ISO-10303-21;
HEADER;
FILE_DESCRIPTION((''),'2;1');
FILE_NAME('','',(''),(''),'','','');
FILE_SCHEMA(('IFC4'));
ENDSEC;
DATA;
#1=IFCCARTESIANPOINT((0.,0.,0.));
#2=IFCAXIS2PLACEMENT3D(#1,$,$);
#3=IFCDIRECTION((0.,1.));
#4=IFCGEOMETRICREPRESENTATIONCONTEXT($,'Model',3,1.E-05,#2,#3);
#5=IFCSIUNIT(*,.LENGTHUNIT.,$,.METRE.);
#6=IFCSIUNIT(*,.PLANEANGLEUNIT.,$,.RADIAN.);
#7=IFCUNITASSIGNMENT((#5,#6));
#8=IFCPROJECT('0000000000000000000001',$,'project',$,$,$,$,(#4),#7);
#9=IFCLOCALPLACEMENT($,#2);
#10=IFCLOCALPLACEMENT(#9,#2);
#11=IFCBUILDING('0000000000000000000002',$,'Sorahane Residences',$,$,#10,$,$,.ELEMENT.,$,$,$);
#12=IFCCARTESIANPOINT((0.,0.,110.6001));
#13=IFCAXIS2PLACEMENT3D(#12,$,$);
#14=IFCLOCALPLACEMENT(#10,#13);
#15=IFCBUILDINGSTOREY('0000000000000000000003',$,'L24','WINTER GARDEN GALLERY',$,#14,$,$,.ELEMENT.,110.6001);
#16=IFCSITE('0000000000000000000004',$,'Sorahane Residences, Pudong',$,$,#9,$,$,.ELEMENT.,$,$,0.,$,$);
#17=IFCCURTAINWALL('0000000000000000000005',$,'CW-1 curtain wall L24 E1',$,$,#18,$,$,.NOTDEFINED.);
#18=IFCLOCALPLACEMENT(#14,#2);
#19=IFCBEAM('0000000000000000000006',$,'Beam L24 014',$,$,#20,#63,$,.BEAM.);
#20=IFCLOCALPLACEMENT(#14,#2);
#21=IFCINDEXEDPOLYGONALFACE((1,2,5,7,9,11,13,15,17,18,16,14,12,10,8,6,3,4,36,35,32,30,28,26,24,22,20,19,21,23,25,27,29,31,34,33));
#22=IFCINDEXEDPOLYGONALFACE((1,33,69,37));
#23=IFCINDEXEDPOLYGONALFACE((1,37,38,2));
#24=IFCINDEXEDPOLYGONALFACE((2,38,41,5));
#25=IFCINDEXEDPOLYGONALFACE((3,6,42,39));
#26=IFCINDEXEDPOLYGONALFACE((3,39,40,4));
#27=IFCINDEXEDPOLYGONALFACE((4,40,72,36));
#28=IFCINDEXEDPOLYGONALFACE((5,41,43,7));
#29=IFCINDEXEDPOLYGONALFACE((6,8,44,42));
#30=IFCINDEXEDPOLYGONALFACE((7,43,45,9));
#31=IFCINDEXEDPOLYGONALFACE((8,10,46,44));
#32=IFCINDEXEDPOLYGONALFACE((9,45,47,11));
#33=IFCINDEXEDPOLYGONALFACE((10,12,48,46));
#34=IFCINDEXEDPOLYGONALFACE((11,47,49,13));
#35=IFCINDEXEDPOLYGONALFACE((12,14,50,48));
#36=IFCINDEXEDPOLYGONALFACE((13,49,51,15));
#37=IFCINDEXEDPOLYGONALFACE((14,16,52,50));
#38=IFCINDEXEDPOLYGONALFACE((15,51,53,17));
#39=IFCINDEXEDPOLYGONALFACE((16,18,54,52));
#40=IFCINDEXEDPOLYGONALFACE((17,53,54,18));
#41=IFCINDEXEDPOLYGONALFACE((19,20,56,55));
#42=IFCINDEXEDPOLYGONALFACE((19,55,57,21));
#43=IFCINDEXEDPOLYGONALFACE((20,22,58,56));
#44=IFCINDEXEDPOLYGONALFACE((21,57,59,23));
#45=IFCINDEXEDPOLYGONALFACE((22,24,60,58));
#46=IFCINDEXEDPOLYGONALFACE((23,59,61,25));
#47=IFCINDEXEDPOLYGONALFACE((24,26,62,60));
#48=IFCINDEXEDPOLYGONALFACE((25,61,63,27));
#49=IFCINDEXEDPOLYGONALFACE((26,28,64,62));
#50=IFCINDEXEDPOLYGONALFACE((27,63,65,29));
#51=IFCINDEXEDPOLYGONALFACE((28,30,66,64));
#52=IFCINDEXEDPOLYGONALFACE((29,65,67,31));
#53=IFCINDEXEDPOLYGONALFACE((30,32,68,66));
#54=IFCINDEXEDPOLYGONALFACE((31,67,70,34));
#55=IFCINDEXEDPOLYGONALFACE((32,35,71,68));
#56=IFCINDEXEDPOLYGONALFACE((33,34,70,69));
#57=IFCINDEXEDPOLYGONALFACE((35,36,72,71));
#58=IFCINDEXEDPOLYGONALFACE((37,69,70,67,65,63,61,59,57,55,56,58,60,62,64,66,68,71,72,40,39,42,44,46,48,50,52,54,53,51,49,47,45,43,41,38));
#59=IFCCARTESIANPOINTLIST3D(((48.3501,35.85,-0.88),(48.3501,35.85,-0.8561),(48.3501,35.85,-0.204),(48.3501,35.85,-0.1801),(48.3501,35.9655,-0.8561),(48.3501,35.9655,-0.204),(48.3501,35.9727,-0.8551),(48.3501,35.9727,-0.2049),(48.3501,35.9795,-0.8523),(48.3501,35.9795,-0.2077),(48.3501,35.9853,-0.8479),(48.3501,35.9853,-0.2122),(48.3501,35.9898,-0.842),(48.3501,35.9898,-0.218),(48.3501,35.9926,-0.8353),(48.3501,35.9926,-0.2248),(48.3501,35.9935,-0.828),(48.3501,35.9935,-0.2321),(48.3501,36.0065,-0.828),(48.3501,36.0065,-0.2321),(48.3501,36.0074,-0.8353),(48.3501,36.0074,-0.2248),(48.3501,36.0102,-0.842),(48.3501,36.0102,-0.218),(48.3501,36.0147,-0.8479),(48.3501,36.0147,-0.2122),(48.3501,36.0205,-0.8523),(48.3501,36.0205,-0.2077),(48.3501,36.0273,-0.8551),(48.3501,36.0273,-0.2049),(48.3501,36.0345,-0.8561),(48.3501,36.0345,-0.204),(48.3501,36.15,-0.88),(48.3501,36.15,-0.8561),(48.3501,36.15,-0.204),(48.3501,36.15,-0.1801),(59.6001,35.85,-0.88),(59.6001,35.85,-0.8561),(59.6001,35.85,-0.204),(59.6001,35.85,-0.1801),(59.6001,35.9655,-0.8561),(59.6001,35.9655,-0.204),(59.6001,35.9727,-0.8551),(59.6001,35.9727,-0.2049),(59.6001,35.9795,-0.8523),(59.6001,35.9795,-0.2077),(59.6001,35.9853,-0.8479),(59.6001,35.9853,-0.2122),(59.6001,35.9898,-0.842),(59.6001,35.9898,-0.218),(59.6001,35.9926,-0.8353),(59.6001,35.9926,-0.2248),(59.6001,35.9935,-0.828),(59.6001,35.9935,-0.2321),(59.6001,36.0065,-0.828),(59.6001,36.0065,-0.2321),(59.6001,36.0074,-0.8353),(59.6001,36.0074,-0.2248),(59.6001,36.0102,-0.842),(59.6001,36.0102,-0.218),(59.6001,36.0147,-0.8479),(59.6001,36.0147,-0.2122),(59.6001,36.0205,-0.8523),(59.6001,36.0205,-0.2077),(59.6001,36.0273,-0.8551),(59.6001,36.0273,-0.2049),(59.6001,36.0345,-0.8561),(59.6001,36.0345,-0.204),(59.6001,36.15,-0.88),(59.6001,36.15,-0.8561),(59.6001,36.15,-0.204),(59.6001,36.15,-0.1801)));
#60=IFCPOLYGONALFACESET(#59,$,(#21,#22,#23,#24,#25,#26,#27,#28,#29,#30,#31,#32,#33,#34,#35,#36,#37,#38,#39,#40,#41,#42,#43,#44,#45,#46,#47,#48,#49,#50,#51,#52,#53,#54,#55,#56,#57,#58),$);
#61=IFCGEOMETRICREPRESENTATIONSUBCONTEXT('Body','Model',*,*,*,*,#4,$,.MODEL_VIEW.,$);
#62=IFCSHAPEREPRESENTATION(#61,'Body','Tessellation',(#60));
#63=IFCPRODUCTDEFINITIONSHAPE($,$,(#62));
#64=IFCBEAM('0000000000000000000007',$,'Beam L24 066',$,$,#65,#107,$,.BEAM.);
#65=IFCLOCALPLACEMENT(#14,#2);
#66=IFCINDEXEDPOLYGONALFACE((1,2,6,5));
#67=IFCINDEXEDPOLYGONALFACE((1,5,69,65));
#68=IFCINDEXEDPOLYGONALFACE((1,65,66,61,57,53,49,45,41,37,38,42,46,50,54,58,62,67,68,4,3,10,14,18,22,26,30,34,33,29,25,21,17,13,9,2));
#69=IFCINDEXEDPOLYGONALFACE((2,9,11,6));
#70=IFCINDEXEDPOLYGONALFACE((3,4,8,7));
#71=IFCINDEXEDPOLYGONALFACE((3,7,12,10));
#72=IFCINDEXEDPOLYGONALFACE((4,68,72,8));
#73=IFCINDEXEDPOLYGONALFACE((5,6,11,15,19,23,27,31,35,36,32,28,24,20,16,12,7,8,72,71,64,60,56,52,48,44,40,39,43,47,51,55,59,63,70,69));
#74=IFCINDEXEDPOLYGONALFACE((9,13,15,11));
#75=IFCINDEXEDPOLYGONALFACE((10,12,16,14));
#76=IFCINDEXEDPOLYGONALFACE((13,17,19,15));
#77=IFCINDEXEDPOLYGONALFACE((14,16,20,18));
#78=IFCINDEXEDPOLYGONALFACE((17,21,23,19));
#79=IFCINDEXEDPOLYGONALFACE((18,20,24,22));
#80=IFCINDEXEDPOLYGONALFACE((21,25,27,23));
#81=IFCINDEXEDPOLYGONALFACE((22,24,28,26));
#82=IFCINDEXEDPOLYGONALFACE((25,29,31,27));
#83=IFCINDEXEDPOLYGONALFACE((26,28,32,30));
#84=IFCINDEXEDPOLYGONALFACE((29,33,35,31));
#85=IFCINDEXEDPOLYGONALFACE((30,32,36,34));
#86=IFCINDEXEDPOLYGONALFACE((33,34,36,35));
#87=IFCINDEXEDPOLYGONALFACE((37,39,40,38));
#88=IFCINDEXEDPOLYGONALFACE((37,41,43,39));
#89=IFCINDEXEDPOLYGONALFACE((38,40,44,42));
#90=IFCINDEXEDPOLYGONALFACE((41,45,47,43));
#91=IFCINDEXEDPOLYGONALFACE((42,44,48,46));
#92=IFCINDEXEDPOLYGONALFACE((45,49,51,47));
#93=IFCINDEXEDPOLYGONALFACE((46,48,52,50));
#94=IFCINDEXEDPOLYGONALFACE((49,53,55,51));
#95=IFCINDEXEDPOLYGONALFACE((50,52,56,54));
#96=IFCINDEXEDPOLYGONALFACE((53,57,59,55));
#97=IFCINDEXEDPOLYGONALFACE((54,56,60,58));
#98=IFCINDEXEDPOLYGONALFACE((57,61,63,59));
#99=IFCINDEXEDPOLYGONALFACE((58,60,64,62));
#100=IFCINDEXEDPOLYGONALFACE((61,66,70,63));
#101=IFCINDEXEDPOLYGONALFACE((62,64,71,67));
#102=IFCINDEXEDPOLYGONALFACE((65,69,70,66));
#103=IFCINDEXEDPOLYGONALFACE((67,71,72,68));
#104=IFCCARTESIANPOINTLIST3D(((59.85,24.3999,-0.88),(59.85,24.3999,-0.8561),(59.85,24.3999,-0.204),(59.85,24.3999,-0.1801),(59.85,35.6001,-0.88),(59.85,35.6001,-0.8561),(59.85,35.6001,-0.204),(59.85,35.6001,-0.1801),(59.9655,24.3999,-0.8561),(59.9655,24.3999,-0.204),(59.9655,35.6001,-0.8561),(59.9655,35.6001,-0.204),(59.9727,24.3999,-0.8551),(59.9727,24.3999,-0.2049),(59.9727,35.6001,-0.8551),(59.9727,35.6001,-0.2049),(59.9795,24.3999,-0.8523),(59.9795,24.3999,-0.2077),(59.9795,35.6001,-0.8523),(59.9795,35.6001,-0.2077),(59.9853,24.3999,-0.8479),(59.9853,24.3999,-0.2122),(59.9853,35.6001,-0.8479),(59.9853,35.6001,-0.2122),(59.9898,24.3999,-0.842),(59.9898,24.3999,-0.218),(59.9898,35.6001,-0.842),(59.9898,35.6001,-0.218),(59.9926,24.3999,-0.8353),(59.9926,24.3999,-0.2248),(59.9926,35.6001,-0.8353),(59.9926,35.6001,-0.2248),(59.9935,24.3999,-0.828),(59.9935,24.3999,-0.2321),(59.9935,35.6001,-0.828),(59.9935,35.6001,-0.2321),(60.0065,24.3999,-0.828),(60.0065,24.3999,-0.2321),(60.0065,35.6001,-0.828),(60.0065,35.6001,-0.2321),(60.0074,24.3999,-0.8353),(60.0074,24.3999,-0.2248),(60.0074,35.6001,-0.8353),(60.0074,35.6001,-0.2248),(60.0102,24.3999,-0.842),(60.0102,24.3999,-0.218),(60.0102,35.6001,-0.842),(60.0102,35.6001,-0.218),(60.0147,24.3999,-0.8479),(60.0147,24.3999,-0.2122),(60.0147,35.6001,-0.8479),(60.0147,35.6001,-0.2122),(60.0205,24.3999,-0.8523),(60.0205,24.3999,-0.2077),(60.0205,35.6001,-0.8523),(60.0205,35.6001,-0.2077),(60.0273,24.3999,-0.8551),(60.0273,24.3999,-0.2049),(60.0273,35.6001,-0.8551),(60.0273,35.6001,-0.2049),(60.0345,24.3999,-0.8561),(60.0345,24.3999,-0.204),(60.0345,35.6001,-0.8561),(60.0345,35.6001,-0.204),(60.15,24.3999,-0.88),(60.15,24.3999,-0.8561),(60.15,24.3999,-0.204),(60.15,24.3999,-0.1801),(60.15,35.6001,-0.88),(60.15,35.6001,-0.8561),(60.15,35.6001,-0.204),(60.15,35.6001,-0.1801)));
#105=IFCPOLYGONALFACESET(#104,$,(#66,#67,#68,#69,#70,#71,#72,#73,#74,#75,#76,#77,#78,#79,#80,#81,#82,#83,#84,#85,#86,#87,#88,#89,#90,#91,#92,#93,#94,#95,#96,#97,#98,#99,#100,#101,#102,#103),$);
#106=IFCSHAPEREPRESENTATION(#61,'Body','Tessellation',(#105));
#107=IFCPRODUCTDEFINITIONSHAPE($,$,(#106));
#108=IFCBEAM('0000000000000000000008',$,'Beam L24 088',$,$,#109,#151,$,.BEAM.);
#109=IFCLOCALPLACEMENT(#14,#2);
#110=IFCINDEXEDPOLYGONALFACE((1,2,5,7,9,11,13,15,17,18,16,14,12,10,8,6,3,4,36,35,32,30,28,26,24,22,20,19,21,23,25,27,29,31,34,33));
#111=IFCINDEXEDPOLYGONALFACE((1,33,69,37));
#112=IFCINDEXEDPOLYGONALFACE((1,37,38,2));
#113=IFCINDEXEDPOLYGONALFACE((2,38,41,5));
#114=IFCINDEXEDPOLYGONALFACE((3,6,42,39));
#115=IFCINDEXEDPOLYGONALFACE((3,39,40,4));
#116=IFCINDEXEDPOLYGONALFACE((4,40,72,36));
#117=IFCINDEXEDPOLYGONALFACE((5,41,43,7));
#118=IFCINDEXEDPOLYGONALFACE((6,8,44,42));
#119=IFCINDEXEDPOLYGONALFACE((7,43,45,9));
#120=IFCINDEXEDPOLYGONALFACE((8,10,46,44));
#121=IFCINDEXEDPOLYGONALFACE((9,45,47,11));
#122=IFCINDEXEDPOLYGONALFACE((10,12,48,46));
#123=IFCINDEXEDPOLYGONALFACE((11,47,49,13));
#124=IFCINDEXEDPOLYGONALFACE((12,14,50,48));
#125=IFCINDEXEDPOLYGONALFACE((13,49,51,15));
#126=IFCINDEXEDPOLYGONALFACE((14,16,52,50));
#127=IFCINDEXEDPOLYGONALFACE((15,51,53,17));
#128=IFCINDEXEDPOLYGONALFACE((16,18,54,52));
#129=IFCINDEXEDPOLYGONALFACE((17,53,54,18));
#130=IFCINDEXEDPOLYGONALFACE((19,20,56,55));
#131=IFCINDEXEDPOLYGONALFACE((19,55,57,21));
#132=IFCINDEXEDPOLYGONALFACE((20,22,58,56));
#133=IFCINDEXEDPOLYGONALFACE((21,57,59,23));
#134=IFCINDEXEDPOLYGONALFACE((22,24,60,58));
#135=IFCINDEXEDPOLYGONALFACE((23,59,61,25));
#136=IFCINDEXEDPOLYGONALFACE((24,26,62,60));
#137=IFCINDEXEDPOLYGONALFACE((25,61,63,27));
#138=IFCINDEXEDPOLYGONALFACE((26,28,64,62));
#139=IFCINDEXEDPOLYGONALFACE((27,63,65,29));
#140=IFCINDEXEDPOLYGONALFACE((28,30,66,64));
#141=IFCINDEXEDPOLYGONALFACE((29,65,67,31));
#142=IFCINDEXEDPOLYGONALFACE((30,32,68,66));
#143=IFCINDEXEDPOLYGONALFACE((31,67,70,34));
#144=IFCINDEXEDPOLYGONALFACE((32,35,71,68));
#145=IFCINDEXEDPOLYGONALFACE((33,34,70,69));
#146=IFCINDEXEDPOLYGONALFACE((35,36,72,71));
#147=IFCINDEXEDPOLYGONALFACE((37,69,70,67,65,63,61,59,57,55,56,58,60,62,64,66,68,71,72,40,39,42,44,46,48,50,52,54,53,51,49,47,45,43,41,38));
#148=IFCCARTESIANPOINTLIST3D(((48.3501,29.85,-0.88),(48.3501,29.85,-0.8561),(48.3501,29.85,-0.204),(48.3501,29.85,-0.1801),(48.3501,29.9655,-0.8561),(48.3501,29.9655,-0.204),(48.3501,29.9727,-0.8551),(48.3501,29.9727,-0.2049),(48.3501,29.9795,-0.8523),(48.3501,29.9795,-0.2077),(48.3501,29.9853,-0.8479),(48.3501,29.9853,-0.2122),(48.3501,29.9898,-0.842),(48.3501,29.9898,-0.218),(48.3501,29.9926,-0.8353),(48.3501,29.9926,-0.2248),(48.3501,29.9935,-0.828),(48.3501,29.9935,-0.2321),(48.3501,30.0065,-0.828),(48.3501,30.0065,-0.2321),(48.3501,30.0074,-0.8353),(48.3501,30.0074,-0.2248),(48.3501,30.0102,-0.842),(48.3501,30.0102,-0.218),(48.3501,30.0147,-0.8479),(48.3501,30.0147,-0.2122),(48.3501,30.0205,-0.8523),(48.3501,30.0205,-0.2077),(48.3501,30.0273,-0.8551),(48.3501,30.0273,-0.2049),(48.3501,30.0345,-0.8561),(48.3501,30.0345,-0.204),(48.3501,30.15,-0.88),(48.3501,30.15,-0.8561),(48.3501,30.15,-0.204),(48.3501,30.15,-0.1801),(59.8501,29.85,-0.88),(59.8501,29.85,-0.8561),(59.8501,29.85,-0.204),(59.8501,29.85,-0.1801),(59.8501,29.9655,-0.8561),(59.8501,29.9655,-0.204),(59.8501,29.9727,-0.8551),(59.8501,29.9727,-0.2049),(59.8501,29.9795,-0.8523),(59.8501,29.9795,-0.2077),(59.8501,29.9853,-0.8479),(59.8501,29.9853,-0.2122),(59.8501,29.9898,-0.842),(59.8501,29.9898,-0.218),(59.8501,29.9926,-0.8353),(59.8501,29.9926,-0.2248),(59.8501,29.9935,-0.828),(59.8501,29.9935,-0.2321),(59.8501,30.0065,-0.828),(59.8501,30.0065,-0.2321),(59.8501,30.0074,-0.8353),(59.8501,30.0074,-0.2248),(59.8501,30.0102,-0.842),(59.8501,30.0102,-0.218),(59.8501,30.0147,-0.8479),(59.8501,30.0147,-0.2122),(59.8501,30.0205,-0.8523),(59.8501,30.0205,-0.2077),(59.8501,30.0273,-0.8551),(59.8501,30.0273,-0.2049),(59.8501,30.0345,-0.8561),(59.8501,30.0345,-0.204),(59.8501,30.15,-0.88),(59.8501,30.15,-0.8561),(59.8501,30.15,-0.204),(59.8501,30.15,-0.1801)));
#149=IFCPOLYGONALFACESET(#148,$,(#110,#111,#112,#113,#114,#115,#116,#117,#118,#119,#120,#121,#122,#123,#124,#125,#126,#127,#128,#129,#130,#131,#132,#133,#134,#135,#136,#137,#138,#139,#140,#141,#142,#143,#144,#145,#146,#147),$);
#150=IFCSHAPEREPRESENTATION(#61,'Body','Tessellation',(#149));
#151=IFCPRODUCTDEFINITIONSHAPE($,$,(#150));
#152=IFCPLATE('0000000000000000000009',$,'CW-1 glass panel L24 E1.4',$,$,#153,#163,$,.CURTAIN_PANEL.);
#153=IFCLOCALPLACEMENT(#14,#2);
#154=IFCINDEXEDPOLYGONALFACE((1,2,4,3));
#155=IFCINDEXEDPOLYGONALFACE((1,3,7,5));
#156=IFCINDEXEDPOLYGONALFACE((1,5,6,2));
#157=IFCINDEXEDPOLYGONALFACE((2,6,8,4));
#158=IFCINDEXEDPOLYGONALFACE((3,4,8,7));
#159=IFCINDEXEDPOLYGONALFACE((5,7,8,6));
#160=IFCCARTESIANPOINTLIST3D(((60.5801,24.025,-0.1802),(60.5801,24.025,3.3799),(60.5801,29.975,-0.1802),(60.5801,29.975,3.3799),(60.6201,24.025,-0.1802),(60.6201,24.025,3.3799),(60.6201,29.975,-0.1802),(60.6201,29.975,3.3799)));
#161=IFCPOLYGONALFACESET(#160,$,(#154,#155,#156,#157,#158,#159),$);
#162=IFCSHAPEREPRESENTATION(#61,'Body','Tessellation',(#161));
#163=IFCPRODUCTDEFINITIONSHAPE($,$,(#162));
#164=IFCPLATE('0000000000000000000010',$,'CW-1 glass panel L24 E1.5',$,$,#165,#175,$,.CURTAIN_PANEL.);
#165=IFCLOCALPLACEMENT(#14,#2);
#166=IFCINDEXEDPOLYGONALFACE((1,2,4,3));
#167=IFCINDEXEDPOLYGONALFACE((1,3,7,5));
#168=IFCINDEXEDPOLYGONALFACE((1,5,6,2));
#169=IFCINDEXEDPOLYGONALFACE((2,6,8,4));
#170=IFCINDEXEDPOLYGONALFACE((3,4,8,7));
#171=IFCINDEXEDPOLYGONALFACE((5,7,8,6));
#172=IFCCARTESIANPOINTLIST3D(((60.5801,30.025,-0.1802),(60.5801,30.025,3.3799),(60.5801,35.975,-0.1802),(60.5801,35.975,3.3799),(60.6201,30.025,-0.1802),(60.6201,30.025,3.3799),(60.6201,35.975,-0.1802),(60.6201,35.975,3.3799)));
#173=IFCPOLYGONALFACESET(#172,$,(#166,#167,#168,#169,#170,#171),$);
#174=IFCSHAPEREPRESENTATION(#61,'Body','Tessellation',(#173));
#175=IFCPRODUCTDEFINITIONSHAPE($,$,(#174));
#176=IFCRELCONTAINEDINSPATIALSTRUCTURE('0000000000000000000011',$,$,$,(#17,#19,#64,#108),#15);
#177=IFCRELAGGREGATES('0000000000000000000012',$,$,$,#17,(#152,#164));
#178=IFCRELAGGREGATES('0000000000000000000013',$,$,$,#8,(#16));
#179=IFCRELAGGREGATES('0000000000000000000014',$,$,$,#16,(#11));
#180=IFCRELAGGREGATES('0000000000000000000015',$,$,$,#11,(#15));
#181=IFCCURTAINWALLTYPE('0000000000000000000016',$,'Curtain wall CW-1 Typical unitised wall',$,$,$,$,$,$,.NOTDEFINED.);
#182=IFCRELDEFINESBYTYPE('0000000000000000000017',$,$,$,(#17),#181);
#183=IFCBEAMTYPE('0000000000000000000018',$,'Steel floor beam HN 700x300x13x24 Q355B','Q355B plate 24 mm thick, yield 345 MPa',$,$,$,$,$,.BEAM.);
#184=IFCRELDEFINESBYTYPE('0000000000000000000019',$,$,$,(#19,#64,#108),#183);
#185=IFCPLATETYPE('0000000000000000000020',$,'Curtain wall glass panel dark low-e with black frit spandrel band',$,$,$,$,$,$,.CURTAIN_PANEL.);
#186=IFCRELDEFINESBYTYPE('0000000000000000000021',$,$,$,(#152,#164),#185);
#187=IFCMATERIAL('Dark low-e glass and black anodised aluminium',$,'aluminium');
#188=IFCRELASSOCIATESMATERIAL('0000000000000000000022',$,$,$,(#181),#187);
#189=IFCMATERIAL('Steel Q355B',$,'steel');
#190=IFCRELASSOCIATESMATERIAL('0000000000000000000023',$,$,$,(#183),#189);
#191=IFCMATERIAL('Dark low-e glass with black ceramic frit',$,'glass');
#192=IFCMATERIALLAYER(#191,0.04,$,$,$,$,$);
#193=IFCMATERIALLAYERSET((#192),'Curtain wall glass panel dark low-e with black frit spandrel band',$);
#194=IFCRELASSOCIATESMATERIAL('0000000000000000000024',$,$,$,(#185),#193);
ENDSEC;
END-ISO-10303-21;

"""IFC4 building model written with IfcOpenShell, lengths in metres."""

from ifc_helpers import new_model, si_unit, direction, frame, origin, origin_2d, place, context, subcontext, project, spatial, rectangle, i_section, extrude, material, layer, layer_set, material_profile, profile_set, type_object, element, aggregate, save


model = new_model("IFC4")

# Units and contexts
model_context = context("Model", 3, precision=1e-05, world=origin(), true_north=direction((0.0, 1.0)))
body_context = subcontext(model_context, "Body", "Model", "MODEL_VIEW")
ifc_project = project(units=[si_unit("LENGTHUNIT", "METRE"), si_unit("PLANEANGLEUNIT", "RADIAN")], contexts=[model_context])

# Site, building, storey
site_placement = place(None, origin())
site = spatial("IfcSite", under=ifc_project, at=site_placement, Name="Sorahane Residences, Pudong", CompositionType="ELEMENT", RefElevation=0.0)
building_placement = place(site_placement, origin())
building = spatial("IfcBuilding", under=site, at=building_placement, Name="Sorahane Residences", CompositionType="ELEMENT")
storey_placement = place(building_placement, frame((0.0, 0.0, 110.6001)))
storey = spatial("IfcBuildingStorey", under=building, at=storey_placement, Name="L24", Description="WINTER GARDEN GALLERY", CompositionType="ELEMENT", Elevation=110.6001)

# Curtain wall
ifc_material_1 = material(Name="Dark low-e glass and black anodised aluminium", Category="aluminium")
curtain_wall_type = type_object("IfcCurtainWallType", Name="Curtain wall CW-1 Typical unitised wall", PredefinedType="NOTDEFINED", material=ifc_material_1)
curtain_wall_placement = place(storey_placement, origin())
curtain_wall = element("IfcCurtainWall", 1, at=curtain_wall_placement, inside=storey, type_object=curtain_wall_type, Name="CW-1 curtain wall L24 E1", PredefinedType="NOTDEFINED")

# Beams
ifc_material_2 = material(Name="Steel Q355B", Category="steel")
ifc_material_profile_1 = material_profile(ifc_material_2, i_section(OverallWidth=0.3, OverallDepth=0.7, WebThickness=0.0129, FlangeThickness=0.0239, FilletRadius=0.0281, at=origin_2d()), Name="HN 700x300x13x24")
ifc_profile_set_1 = profile_set([ifc_material_profile_1], Name="Steel Q355B")
beam_type_1 = type_object("IfcBeamType", Name="Steel floor beam HN 700x300x13x24 Q355B", Description="Q355B plate 24 mm thick, yield 345 MPa", PredefinedType="BEAM", material=ifc_profile_set_1)
beam_1_placement = place(storey_placement, frame((48.3501, 36.0, -0.53), z_axis=(1.0, 0.0, 0.0), x_axis=(0.0, 1.0, 0.0)))
element("IfcBeam", 2, at=beam_1_placement, inside=storey, type_object=beam_type_1, Name="Beam L24 014", PredefinedType="BEAM", context=body_context, shape_type="SweptSolid", body=[
    extrude(i_section(OverallWidth=0.3, OverallDepth=0.7, WebThickness=0.0129, FlangeThickness=0.0239, FilletRadius=0.0281, at=origin_2d()), origin(), (0.0, 0.0, 1.0), 11.25),
])
beam_2_placement = place(storey_placement, frame((60.0, 24.3999, -0.53), z_axis=(0.0, 1.0, 0.0), x_axis=(-1.0, 0.0, 0.0)))
element("IfcBeam", 3, at=beam_2_placement, inside=storey, type_object=beam_type_1, Name="Beam L24 066", PredefinedType="BEAM", context=body_context, shape_type="SweptSolid", body=[
    extrude(i_section(OverallWidth=0.3, OverallDepth=0.7, WebThickness=0.0129, FlangeThickness=0.0239, FilletRadius=0.0281, at=origin_2d()), origin(), (0.0, 0.0, 1.0), 11.2002),
])
beam_3_placement = place(storey_placement, frame((48.3501, 30.0, -0.53), z_axis=(1.0, 0.0, 0.0), x_axis=(0.0, 1.0, 0.0)))
element("IfcBeam", 4, at=beam_3_placement, inside=storey, type_object=beam_type_1, Name="Beam L24 088", PredefinedType="BEAM", context=body_context, shape_type="SweptSolid", body=[
    extrude(i_section(OverallWidth=0.3, OverallDepth=0.7, WebThickness=0.0129, FlangeThickness=0.0239, FilletRadius=0.0281, at=origin_2d()), origin(), (0.0, 0.0, 1.0), 11.5),
])

# Plates
ifc_material_3 = material(Name="Dark low-e glass with black ceramic frit", Category="glass")
ifc_layer_1 = layer(ifc_material_3, 0.04)
ifc_layer_set_1 = layer_set([ifc_layer_1], Name="Curtain wall glass panel dark low-e with black frit spandrel band")
plate_type = type_object("IfcPlateType", Name="Curtain wall glass panel dark low-e with black frit spandrel band", PredefinedType="CURTAIN_PANEL", material=ifc_layer_set_1)
plate_1_placement = place(storey_placement, frame((60.6001, 27.0, -0.1802), z_axis=(0.0, 0.0, 1.0), x_axis=(0.0, 1.0, 0.0)))
plate_1 = element("IfcPlate", 5, at=plate_1_placement, type_object=plate_type, Name="CW-1 glass panel L24 E1.4", PredefinedType="CURTAIN_PANEL", context=body_context, shape_type="SweptSolid", body=[
    extrude(rectangle(XDim=5.95, YDim=0.04, at=origin_2d()), origin(), (0.0, 0.0, 1.0), 3.5601),
])
plate_2_placement = place(storey_placement, frame((60.6001, 33.0, -0.1802), z_axis=(0.0, 0.0, 1.0), x_axis=(0.0, 1.0, 0.0)))
plate_2 = element("IfcPlate", 6, at=plate_2_placement, type_object=plate_type, Name="CW-1 glass panel L24 E1.5", PredefinedType="CURTAIN_PANEL", context=body_context, shape_type="SweptSolid", body=[
    extrude(rectangle(XDim=5.95, YDim=0.04, at=origin_2d()), origin(), (0.0, 0.0, 1.0), 3.5601),
])
aggregate(curtain_wall, [plate_1, plate_2])

save(model, "model.ifc")
